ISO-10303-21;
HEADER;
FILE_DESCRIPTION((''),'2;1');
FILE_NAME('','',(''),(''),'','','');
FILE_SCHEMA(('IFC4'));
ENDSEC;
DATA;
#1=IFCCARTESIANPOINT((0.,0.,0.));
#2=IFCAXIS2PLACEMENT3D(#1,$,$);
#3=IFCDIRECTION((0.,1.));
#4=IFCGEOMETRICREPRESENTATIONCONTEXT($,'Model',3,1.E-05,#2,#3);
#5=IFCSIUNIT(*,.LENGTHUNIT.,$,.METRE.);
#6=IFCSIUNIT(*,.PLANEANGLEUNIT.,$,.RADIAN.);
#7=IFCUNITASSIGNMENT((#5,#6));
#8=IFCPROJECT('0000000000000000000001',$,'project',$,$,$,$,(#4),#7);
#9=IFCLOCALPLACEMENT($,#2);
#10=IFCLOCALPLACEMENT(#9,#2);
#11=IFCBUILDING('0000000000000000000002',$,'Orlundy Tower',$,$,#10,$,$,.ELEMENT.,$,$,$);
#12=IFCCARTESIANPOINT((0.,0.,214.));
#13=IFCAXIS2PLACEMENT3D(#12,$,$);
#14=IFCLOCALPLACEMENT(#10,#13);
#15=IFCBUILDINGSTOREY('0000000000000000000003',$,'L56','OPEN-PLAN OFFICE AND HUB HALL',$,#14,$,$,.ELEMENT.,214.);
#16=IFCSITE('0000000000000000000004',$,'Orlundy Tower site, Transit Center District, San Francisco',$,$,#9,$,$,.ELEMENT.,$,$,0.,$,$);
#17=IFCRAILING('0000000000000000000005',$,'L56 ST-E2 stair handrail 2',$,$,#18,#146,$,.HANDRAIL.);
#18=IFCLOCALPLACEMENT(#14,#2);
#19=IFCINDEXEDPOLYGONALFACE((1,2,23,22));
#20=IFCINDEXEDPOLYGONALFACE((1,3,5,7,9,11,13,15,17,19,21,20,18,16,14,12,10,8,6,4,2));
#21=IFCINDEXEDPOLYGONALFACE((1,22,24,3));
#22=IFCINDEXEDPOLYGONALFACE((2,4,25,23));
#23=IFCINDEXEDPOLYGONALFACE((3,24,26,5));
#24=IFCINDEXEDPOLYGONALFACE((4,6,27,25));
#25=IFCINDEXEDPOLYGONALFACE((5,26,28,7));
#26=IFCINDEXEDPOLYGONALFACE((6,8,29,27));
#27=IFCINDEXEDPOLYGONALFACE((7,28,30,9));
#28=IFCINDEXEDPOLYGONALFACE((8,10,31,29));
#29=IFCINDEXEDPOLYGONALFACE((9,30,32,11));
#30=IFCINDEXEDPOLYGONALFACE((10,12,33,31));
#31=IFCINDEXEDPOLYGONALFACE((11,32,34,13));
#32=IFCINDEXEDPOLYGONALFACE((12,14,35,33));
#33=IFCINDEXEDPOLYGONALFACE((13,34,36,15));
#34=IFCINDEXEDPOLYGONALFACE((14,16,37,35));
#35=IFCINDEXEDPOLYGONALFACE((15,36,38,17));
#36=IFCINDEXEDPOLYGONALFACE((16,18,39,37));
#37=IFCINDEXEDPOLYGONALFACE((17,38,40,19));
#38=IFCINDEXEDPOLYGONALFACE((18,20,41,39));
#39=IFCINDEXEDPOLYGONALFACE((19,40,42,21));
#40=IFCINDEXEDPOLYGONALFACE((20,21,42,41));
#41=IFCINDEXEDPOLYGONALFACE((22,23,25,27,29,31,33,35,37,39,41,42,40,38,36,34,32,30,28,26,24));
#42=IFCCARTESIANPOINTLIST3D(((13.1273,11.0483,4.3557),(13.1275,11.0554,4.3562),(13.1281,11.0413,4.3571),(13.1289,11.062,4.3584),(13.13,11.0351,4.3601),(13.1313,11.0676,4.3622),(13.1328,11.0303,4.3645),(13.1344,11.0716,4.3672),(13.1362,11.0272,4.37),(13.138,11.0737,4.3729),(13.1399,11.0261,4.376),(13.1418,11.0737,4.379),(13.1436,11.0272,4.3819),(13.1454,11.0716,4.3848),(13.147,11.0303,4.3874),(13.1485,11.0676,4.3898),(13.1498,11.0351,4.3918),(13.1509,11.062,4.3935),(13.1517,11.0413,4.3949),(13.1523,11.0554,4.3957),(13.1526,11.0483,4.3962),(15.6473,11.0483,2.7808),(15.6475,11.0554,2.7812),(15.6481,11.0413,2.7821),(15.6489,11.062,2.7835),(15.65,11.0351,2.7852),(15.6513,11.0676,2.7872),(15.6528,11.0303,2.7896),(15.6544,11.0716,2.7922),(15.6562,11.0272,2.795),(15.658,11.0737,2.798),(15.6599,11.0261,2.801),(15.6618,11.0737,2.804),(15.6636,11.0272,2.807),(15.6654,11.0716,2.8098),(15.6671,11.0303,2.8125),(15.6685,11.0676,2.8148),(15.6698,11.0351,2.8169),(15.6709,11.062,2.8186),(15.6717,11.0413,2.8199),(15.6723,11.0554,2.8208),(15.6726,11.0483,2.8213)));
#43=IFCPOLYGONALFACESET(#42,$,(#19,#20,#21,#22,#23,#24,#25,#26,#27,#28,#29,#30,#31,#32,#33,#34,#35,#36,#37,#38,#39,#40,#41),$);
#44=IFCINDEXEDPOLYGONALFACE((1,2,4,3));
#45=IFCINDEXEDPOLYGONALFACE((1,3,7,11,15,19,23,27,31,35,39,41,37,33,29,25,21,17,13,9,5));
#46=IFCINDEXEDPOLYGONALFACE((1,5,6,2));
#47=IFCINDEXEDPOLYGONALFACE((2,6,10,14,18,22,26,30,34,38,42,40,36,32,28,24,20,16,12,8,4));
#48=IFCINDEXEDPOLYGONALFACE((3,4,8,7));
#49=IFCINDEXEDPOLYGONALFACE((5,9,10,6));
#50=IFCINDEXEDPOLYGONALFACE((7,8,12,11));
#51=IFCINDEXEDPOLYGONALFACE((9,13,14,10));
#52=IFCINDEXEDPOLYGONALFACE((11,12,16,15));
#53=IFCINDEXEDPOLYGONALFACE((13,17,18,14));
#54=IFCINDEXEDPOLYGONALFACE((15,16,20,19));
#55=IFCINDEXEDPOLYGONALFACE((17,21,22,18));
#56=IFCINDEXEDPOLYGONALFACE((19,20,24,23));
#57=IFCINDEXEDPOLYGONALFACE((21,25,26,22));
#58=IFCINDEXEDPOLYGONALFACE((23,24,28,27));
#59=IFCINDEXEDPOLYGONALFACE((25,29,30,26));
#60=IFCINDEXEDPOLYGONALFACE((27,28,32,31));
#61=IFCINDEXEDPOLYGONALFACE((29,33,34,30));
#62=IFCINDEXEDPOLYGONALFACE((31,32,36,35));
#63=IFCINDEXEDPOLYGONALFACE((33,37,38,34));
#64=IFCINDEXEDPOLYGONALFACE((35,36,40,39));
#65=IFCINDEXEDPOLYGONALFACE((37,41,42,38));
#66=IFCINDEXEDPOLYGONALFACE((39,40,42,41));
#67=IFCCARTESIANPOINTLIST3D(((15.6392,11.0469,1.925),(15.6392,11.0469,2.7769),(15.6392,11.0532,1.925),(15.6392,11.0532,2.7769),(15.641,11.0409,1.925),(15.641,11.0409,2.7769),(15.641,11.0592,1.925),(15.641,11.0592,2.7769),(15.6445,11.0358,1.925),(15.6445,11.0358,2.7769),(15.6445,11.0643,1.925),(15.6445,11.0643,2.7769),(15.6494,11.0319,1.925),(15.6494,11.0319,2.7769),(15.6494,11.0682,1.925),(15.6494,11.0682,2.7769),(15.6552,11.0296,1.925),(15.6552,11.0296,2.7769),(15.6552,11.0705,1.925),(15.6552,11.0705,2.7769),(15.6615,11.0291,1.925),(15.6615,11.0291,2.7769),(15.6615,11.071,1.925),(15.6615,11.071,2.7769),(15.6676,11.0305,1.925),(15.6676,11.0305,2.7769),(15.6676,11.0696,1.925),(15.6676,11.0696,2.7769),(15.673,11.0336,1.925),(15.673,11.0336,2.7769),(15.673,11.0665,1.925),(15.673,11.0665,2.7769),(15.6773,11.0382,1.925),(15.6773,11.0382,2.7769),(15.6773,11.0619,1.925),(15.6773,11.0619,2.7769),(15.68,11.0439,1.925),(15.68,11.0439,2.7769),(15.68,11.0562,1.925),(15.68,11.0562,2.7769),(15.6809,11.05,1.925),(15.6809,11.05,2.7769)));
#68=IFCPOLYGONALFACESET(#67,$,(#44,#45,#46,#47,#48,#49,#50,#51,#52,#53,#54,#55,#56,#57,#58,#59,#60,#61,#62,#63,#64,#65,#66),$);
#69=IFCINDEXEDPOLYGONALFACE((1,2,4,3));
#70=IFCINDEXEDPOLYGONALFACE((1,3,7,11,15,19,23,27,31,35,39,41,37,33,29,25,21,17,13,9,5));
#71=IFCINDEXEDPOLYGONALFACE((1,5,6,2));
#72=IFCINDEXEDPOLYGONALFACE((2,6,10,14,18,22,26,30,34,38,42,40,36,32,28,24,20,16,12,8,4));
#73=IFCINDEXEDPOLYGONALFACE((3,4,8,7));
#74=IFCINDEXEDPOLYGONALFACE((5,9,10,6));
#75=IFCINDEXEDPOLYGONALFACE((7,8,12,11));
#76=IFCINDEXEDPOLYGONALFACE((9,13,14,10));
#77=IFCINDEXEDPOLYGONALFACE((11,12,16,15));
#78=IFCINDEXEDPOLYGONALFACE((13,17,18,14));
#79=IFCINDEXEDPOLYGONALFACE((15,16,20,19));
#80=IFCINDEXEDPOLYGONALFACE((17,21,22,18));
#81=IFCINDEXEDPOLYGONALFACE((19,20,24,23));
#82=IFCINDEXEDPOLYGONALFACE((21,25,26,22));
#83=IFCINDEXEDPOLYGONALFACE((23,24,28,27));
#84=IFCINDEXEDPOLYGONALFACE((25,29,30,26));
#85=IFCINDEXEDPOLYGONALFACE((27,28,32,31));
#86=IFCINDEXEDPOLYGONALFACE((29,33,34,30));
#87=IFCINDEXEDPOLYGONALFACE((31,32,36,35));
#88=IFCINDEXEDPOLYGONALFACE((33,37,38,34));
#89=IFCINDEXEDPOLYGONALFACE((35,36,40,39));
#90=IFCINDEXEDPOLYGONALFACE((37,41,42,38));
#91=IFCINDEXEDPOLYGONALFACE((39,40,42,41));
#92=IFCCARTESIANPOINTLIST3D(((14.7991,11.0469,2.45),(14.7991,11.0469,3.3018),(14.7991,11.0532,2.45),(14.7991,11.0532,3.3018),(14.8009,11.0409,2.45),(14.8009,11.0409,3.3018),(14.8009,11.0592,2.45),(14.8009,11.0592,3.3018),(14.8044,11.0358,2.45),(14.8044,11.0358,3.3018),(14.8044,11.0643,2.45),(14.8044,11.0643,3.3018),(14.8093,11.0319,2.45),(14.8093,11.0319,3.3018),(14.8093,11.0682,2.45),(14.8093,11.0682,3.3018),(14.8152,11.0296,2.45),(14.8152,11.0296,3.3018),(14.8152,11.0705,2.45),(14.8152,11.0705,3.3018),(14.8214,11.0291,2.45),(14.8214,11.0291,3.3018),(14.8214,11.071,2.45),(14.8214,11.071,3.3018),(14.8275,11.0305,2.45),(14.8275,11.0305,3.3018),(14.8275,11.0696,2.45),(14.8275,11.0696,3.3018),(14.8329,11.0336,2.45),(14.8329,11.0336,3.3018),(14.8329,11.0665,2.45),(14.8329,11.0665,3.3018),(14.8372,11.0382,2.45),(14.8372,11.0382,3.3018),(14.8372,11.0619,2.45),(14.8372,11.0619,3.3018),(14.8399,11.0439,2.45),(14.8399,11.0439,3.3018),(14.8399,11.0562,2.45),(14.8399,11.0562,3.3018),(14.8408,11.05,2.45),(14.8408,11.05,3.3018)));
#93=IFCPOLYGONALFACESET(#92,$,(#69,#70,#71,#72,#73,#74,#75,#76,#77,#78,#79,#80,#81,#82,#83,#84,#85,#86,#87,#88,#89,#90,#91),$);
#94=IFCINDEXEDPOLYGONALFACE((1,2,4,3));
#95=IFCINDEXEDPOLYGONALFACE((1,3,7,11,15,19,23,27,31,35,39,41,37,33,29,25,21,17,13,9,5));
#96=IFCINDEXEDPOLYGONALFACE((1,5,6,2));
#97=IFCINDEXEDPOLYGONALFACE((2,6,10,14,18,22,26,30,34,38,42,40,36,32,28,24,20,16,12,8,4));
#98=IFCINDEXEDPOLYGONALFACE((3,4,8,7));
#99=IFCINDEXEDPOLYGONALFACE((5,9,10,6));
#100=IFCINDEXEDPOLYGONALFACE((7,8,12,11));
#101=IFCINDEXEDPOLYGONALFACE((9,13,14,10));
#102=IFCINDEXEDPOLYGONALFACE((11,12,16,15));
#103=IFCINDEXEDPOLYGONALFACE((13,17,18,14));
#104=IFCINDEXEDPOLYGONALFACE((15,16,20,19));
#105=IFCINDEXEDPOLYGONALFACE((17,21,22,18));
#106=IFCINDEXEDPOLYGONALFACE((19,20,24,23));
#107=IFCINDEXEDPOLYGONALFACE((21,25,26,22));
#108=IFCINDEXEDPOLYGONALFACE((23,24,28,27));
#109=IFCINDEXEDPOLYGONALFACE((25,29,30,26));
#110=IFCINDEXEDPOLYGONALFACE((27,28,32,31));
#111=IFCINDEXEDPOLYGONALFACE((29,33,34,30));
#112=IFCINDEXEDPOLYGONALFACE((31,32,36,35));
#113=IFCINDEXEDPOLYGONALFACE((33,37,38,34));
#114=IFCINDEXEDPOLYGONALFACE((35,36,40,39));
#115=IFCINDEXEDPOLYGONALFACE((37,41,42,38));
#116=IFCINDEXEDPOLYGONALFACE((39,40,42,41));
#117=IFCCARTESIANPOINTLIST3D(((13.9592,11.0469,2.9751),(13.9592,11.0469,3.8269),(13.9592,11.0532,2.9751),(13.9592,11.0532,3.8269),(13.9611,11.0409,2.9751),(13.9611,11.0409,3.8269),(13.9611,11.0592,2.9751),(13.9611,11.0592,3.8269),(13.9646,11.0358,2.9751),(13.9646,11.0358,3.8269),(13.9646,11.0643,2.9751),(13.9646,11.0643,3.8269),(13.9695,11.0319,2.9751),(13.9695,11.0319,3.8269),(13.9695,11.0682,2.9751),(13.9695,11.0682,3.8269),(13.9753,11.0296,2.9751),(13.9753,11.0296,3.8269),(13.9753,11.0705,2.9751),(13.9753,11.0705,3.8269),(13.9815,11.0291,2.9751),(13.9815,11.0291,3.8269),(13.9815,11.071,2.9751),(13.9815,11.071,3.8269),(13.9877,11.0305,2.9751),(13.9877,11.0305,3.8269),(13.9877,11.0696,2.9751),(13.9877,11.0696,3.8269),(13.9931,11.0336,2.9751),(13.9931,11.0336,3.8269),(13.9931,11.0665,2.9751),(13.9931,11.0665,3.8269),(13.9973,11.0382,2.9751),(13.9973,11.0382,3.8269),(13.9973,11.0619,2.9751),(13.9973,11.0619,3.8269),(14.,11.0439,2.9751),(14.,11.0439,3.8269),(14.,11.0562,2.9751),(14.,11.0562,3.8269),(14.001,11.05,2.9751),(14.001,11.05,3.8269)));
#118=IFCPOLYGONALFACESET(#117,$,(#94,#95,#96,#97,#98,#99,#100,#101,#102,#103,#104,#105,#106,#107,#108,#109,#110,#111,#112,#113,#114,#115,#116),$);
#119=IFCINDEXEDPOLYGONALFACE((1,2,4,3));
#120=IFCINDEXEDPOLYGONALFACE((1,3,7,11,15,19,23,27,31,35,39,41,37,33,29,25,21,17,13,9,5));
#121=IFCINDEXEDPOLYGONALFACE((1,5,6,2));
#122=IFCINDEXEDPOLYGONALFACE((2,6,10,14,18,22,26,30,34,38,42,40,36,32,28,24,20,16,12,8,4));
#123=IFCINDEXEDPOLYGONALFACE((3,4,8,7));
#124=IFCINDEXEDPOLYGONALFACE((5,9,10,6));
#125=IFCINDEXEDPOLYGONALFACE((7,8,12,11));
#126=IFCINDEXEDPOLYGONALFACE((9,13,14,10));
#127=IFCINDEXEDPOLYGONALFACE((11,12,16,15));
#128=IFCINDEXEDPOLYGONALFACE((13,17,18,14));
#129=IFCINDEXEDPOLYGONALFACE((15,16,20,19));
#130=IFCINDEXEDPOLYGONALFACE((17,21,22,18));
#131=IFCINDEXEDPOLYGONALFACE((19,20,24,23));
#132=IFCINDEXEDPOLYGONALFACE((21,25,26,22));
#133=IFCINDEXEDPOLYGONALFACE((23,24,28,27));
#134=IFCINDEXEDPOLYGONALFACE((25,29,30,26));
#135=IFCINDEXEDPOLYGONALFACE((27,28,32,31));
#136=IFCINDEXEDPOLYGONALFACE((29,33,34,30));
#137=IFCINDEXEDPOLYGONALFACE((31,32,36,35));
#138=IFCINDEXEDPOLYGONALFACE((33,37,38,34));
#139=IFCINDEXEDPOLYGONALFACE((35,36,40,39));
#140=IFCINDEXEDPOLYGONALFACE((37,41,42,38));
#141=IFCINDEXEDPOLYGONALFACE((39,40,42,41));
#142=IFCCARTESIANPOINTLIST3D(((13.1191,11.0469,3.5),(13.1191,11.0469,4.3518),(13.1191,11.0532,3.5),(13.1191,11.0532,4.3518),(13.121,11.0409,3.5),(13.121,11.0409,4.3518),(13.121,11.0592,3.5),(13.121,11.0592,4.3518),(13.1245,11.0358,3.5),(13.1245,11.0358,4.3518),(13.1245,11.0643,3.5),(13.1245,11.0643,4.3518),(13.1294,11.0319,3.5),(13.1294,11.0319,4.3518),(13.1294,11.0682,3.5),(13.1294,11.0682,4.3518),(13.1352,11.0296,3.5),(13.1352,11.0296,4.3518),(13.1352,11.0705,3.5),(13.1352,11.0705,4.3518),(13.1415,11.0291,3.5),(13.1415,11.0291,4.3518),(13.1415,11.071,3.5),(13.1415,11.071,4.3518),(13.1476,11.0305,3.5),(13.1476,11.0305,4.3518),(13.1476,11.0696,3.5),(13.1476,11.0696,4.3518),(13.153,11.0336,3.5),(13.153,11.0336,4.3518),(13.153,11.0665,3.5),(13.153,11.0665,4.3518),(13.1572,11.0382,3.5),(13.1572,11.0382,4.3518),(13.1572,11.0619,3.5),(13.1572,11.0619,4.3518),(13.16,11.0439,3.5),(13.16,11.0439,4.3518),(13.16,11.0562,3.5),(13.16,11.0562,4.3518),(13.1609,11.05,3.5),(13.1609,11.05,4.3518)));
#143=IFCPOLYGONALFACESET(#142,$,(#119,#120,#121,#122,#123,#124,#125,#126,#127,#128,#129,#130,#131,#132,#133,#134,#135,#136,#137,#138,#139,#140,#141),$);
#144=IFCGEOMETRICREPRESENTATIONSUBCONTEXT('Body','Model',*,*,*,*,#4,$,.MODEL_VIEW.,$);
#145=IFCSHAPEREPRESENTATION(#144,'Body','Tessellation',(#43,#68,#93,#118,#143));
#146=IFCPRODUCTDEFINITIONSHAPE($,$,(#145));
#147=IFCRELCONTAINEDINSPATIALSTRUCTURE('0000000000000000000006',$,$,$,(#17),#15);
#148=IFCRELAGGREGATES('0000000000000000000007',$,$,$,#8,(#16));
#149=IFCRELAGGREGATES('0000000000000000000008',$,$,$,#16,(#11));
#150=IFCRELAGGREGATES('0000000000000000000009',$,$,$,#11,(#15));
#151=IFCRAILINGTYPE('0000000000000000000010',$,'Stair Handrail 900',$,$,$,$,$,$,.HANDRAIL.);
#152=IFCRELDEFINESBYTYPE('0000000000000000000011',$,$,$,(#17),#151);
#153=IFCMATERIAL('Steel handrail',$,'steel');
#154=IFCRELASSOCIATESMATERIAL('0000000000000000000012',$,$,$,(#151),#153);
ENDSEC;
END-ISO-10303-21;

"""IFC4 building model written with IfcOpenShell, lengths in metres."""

from ifc_helpers import new_model, si_unit, direction, frame, origin, origin_2d, place, context, subcontext, project, spatial, circle, extrude, material, type_object, element, save


model = new_model("IFC4")

# Units and contexts
model_context = context("Model", 3, precision=1e-05, world=origin(), true_north=direction((0.0, 1.0)))
body_context = subcontext(model_context, "Body", "Model", "MODEL_VIEW")
ifc_project = project(units=[si_unit("LENGTHUNIT", "METRE"), si_unit("PLANEANGLEUNIT", "RADIAN")], contexts=[model_context])

# Site, building, storey
site_placement = place(None, origin())
site = spatial("IfcSite", under=ifc_project, at=site_placement, Name="Orlundy Tower site, Transit Center District, San Francisco", CompositionType="ELEMENT", RefElevation=0.0)
building_placement = place(site_placement, origin())
building = spatial("IfcBuilding", under=site, at=building_placement, Name="Orlundy Tower", CompositionType="ELEMENT")
storey_placement = place(building_placement, frame((0.0, 0.0, 214.0)))
storey = spatial("IfcBuildingStorey", under=building, at=storey_placement, Name="L56", Description="OPEN-PLAN OFFICE AND HUB HALL", CompositionType="ELEMENT", Elevation=214.0)

# Railing
ifc_material_1 = material(Name="Steel handrail", Category="steel")
railing_type = type_object("IfcRailingType", Name="Stair Handrail 900", PredefinedType="HANDRAIL", material=ifc_material_1)
railing_placement = place(storey_placement, frame((15.6599, 11.05, 1.925)))
element("IfcRailing", 1, at=railing_placement, inside=storey, type_object=railing_type, Name="L56 ST-E2 stair handrail 2", PredefinedType="HANDRAIL", context=body_context, shape_type="SweptSolid", body=[
    extrude(circle(Radius=0.0239, at=origin_2d()), frame((0.0, 0.0, 0.876), z_axis=(-0.848008, 0.0, 0.529984), x_axis=(0.0, -1.0, 0.0)), (0.0, 0.0, 1.0), 2.9717),
    extrude(circle(Radius=0.021, at=origin_2d()), origin(), (0.0, 0.0, 1.0), 0.8518),
    extrude(circle(Radius=0.021, at=origin_2d()), frame((-0.8401, 0.0, 0.5249)), (0.0, 0.0, 1.0), 0.8518),
    extrude(circle(Radius=0.021, at=origin_2d()), frame((-1.6799, 0.0, 1.05)), (0.0, 0.0, 1.0), 0.8518),
    extrude(circle(Radius=0.021, at=origin_2d()), frame((-2.52, 0.0, 1.575)), (0.0, 0.0, 1.0), 0.8518),
])

save(model, "model.ifc")
